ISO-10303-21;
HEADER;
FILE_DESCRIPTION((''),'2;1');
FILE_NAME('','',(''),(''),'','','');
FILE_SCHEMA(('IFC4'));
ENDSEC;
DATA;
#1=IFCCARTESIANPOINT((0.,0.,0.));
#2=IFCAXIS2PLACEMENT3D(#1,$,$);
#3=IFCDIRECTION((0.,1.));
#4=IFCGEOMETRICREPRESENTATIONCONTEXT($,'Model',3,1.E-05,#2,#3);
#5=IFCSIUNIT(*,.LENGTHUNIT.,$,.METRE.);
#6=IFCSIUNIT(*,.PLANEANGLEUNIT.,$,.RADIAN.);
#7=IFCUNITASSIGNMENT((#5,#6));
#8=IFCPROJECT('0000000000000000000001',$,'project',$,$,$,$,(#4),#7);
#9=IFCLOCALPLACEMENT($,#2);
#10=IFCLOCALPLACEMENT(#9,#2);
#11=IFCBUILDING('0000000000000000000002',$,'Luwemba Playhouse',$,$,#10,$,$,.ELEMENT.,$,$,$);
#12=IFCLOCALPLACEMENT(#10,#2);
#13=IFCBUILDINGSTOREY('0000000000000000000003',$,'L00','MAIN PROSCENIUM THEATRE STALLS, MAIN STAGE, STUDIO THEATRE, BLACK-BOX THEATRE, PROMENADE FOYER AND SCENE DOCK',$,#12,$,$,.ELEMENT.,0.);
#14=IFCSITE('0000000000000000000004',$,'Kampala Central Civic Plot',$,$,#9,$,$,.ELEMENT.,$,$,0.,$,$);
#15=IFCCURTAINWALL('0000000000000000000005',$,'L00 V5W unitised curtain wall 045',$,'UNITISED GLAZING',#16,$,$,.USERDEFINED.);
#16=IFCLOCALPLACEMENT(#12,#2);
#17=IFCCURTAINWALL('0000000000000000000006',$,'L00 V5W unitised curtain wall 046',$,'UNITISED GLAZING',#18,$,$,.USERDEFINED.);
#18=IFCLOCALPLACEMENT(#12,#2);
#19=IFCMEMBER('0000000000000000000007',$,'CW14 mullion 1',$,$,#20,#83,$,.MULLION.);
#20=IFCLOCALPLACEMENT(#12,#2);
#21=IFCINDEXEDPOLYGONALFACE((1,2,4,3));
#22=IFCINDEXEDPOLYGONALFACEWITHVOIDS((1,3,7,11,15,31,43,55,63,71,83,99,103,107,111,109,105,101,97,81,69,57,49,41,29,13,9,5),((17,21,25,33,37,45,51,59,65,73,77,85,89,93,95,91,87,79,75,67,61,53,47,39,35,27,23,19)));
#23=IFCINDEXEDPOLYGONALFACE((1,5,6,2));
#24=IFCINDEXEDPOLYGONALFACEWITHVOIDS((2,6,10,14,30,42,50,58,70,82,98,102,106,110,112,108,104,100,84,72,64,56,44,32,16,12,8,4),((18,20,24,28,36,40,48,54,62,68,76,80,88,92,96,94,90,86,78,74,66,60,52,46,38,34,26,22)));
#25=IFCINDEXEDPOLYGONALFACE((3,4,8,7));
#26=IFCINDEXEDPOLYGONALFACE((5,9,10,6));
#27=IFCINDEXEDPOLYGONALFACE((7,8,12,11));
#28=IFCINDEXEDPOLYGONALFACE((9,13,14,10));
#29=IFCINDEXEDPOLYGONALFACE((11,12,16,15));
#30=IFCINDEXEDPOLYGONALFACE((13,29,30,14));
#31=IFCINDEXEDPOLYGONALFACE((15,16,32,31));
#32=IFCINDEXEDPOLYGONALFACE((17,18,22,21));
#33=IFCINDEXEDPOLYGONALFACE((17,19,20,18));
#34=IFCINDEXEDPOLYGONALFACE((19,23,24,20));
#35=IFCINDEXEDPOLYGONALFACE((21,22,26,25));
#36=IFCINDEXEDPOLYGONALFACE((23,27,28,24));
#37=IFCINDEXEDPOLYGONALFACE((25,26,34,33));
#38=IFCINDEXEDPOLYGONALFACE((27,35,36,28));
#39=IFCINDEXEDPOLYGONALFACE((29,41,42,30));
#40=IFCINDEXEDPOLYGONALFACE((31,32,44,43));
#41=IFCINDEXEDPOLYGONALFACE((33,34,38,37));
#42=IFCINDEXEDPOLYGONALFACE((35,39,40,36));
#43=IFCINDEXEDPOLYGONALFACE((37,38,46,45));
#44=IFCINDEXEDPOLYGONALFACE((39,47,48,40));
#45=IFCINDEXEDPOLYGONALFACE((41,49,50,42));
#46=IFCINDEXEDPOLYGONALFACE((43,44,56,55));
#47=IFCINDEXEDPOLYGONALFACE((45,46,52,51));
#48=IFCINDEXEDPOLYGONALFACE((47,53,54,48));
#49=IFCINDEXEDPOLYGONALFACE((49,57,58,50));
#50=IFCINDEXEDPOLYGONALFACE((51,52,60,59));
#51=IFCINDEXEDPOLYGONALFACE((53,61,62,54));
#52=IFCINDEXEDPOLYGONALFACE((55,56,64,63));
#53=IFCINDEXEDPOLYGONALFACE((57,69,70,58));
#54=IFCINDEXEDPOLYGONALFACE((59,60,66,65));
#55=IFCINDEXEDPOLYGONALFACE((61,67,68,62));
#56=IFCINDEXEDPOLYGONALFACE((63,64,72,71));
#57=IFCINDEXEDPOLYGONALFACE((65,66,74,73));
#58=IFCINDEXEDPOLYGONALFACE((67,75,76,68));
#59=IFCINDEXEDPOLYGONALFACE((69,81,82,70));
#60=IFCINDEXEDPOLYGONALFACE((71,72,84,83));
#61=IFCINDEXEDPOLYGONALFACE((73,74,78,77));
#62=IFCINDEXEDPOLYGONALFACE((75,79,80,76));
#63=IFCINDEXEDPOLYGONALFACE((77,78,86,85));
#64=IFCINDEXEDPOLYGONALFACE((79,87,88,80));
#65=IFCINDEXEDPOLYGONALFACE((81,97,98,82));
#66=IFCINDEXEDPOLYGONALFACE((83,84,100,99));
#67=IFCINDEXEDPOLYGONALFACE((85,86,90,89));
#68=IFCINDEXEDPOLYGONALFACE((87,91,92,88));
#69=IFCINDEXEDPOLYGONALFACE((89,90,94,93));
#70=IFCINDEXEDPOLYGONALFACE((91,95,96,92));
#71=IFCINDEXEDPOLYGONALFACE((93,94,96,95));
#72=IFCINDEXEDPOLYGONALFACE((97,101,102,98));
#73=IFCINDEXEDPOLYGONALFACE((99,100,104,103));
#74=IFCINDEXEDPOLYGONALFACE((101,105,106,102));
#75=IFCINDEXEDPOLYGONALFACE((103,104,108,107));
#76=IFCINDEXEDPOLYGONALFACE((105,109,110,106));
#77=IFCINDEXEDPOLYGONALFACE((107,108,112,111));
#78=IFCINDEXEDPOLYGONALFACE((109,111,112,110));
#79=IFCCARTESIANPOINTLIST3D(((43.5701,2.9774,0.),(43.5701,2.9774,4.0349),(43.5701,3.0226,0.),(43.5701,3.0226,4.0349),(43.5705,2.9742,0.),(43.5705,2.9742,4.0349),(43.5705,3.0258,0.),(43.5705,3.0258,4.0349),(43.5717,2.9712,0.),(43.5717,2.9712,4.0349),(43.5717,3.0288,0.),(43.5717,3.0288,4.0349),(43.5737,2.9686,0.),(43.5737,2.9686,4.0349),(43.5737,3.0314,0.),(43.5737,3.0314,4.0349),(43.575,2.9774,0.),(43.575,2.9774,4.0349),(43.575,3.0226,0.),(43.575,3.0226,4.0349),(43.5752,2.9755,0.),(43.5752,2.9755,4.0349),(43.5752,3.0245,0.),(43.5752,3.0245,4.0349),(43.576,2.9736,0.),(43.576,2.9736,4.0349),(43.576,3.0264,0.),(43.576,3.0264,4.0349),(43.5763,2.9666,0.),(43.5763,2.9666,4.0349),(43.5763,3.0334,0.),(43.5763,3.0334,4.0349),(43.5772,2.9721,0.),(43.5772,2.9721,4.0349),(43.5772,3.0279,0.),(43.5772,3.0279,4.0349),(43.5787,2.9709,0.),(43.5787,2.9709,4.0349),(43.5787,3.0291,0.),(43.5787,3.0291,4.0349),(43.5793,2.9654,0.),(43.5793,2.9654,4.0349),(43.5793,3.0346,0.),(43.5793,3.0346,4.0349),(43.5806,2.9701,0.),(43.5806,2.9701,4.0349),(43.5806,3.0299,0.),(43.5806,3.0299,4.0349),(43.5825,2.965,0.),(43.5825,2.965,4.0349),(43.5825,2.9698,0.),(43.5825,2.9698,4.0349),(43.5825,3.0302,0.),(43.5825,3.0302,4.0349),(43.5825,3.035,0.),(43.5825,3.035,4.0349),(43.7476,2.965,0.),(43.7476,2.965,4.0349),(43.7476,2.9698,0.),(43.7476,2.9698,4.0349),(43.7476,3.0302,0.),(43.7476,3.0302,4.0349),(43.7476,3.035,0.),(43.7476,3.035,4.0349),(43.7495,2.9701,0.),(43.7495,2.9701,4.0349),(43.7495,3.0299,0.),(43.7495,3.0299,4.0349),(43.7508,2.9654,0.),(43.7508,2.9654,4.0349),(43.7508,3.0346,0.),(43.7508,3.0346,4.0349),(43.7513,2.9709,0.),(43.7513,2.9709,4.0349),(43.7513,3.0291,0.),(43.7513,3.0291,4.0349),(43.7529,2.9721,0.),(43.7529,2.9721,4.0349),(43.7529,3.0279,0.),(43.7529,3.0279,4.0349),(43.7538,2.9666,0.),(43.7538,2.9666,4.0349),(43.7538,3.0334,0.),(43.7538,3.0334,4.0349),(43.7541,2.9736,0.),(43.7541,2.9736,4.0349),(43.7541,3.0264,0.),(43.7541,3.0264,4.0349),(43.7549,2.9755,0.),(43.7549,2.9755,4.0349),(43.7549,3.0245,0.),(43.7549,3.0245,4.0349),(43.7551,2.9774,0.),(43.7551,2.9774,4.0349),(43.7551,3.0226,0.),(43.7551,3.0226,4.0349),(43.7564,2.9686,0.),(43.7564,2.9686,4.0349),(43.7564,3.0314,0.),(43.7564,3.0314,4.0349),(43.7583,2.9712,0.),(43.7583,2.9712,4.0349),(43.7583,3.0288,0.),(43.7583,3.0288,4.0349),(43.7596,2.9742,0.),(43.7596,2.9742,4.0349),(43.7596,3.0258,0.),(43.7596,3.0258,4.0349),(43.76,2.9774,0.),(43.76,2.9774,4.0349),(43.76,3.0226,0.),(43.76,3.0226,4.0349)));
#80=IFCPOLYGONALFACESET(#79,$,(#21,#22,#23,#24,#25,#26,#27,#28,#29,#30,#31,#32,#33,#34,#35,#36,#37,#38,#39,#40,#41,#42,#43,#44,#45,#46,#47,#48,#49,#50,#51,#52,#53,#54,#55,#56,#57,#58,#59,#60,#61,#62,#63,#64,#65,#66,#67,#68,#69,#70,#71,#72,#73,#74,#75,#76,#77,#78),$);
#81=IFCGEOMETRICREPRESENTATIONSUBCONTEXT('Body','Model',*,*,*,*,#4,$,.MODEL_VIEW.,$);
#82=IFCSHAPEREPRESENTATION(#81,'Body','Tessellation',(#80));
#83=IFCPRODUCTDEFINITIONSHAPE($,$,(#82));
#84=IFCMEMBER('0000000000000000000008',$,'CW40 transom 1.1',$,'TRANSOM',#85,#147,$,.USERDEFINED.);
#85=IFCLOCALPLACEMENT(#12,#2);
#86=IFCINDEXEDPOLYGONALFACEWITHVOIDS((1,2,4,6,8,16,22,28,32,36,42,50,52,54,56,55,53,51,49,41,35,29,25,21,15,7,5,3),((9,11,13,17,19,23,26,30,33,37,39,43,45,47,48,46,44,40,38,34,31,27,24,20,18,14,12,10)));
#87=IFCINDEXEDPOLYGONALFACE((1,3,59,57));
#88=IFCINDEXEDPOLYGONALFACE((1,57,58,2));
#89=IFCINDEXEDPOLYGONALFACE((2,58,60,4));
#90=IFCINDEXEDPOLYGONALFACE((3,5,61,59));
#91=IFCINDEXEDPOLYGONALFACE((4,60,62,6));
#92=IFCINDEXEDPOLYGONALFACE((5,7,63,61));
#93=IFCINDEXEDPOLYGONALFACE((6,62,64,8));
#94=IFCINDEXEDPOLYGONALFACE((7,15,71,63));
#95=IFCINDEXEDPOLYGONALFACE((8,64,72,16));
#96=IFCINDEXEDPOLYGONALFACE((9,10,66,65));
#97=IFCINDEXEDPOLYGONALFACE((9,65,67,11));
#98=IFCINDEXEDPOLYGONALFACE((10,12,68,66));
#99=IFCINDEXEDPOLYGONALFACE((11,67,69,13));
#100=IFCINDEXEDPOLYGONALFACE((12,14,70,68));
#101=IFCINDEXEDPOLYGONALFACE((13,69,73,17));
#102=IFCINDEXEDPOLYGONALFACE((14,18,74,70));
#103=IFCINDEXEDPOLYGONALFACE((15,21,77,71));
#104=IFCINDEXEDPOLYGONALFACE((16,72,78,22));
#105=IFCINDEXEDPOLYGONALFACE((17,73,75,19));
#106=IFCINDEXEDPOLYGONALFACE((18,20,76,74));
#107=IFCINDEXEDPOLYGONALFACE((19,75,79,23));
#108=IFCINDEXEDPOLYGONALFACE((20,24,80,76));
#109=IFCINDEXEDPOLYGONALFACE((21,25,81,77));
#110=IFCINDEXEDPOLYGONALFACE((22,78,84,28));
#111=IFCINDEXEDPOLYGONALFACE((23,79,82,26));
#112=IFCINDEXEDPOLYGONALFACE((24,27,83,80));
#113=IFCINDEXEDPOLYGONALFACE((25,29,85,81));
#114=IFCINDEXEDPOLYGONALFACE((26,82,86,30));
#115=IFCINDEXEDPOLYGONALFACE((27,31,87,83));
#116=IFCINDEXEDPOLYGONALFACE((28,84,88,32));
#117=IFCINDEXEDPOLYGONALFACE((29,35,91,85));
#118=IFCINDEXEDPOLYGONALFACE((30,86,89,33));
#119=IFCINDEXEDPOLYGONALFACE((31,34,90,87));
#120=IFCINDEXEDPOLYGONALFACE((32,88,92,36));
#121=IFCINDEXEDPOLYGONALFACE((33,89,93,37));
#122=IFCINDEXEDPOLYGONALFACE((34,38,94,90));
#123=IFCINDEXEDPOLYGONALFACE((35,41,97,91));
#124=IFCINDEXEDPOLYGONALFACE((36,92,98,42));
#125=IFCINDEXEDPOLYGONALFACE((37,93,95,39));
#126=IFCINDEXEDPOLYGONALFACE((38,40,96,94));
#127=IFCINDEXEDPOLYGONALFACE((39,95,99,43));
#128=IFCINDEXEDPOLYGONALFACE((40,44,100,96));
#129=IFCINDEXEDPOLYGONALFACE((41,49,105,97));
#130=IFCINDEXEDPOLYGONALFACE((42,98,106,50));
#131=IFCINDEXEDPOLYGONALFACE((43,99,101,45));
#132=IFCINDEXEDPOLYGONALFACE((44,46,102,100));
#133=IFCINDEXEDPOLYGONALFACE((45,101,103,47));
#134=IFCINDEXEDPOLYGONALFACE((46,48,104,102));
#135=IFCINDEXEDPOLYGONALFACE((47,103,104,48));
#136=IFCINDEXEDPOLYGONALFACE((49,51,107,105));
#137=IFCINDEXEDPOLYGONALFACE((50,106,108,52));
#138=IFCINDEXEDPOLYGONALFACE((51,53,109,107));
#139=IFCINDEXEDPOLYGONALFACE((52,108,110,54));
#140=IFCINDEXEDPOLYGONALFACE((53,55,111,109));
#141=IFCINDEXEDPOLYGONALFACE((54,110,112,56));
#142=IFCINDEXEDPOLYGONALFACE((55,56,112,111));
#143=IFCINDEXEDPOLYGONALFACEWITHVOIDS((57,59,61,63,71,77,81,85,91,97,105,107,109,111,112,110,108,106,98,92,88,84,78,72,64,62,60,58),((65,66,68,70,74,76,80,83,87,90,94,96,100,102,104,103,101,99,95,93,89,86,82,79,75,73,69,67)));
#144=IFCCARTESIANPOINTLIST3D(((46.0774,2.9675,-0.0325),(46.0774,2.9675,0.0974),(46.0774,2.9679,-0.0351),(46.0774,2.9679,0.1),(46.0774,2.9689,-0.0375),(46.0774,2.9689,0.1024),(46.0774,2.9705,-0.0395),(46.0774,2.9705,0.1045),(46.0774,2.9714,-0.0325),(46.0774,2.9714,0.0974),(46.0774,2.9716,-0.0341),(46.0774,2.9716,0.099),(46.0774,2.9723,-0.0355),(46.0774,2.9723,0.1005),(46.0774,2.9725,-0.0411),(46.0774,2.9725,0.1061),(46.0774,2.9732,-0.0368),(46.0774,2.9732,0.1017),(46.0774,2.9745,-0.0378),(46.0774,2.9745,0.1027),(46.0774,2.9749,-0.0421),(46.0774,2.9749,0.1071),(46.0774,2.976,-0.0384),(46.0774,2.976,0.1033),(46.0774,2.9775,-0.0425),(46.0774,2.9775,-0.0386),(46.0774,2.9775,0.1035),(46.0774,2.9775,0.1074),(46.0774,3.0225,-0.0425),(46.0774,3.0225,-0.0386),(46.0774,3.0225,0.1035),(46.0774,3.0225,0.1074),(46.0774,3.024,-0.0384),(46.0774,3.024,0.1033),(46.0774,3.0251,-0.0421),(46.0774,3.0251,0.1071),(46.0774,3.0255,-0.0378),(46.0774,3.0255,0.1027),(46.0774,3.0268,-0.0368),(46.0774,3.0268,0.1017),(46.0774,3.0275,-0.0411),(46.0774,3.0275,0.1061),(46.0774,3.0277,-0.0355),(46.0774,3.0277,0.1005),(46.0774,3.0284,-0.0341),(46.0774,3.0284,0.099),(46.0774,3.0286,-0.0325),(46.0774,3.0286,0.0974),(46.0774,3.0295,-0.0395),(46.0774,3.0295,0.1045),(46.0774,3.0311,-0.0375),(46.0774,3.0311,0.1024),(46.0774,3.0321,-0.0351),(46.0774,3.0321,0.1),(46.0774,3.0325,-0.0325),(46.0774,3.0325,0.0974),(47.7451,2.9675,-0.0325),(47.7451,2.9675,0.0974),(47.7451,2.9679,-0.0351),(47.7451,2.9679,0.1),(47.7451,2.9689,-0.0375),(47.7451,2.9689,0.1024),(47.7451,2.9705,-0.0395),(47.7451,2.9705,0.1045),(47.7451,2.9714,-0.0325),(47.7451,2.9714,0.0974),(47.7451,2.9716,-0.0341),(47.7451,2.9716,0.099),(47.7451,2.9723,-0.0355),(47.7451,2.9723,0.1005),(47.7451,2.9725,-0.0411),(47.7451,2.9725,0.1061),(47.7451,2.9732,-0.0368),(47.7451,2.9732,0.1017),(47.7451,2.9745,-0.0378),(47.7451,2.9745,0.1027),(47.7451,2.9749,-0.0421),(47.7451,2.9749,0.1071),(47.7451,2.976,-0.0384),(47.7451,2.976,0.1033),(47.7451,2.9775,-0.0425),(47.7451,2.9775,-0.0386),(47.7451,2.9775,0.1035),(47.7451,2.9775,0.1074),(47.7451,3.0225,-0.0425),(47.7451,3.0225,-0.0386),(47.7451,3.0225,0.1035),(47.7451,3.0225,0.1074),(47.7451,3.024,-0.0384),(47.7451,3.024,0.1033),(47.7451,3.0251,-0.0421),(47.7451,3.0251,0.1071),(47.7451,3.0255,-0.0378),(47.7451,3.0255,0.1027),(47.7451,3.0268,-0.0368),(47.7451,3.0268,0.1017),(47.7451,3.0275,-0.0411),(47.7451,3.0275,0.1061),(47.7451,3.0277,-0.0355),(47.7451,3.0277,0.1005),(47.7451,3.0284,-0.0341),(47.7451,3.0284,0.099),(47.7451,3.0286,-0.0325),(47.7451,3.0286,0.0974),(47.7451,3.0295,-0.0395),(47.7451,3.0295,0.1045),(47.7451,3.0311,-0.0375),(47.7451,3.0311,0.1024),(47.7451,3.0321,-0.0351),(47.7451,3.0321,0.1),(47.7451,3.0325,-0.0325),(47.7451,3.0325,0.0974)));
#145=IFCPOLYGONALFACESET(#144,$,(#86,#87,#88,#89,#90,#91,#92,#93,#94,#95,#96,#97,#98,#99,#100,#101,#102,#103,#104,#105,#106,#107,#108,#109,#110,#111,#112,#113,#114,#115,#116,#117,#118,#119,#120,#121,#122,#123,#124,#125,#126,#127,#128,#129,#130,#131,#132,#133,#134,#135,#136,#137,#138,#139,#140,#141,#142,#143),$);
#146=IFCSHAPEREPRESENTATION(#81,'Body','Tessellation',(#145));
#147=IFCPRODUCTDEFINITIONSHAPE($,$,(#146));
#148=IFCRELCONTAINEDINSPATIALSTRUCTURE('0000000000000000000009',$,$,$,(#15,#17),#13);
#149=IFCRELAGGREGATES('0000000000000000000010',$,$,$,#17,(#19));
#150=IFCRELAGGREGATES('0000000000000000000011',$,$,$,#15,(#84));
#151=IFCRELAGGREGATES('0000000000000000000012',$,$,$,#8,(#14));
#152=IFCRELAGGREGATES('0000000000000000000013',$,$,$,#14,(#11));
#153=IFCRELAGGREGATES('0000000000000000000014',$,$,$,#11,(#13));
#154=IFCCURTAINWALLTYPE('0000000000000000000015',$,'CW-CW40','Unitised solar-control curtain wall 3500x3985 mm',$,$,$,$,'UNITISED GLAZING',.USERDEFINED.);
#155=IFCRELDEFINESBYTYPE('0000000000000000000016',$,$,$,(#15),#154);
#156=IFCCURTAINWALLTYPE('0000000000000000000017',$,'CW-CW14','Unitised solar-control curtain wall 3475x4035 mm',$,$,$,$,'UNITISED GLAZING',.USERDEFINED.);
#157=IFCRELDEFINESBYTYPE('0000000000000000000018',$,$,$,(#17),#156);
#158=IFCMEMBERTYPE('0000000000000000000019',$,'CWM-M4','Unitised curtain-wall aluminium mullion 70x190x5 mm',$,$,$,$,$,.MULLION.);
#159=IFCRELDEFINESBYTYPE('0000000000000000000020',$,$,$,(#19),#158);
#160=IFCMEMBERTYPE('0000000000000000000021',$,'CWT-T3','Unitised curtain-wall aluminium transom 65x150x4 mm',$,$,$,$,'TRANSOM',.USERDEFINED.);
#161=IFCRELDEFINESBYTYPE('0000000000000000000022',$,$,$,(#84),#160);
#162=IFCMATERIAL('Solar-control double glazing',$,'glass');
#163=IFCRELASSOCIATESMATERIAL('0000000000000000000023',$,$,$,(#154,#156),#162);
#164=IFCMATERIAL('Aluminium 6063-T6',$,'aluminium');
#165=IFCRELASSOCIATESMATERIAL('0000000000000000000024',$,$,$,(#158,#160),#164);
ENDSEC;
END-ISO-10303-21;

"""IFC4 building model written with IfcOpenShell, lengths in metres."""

from ifc_helpers import new_model, si_unit, direction, frame, origin, origin_2d, place, context, subcontext, project, spatial, hollow_rectangle, extrude, material, material_profile, profile_set, type_object, element, aggregate, save


model = new_model("IFC4")

# Units and contexts
model_context = context("Model", 3, precision=1e-05, world=origin(), true_north=direction((0.0, 1.0)))
body_context = subcontext(model_context, "Body", "Model", "MODEL_VIEW")
ifc_project = project(units=[si_unit("LENGTHUNIT", "METRE"), si_unit("PLANEANGLEUNIT", "RADIAN")], contexts=[model_context])

# Site, building, storey
site_placement = place(None, origin())
site = spatial("IfcSite", under=ifc_project, at=site_placement, Name="Kampala Central Civic Plot", CompositionType="ELEMENT", RefElevation=0.0)
building_placement = place(site_placement, origin())
building = spatial("IfcBuilding", under=site, at=building_placement, Name="Luwemba Playhouse", CompositionType="ELEMENT")
storey_placement = place(building_placement, origin())
storey = spatial("IfcBuildingStorey", under=building, at=storey_placement, Name="L00", Description="MAIN PROSCENIUM THEATRE STALLS, MAIN STAGE, STUDIO THEATRE, BLACK-BOX THEATRE, PROMENADE FOYER AND SCENE DOCK", CompositionType="ELEMENT", Elevation=0.0)

# Shared definitions
ifc_material_1 = material(Name="Solar-control double glazing", Category="glass")
ifc_material_2 = material(Name="Aluminium 6063-T6", Category="aluminium")

# Curtain wall
curtain_wall_type_1 = type_object("IfcCurtainWallType", Name="CW-CW40", Description="Unitised solar-control curtain wall 3500x3985 mm", ElementType="UNITISED GLAZING", PredefinedType="USERDEFINED", material=ifc_material_1)
curtain_wall_1_placement = place(storey_placement, origin())
curtain_wall_1 = element("IfcCurtainWall", 1, at=curtain_wall_1_placement, inside=storey, type_object=curtain_wall_type_1, Name="L00 V5W unitised curtain wall 045", ObjectType="UNITISED GLAZING", PredefinedType="USERDEFINED")

# Curtain wall, member
curtain_wall_type_2 = type_object("IfcCurtainWallType", Name="CW-CW14", Description="Unitised solar-control curtain wall 3475x4035 mm", ElementType="UNITISED GLAZING", PredefinedType="USERDEFINED", material=ifc_material_1)
curtain_wall_2_placement = place(storey_placement, origin())
curtain_wall_2 = element("IfcCurtainWall", 2, at=curtain_wall_2_placement, inside=storey, type_object=curtain_wall_type_2, Name="L00 V5W unitised curtain wall 046", ObjectType="UNITISED GLAZING", PredefinedType="USERDEFINED")
ifc_material_profile_1 = material_profile(ifc_material_2, hollow_rectangle(XDim=0.0701, YDim=0.1899, WallThickness=0.0049, InnerFilletRadius=0.0076, OuterFilletRadius=0.0125, at=origin_2d()))
ifc_profile_set_1 = profile_set([ifc_material_profile_1], Name="Aluminium 6063-T6")
member_type_1 = type_object("IfcMemberType", Name="CWM-M4", Description="Unitised curtain-wall aluminium mullion 70x190x5 mm", PredefinedType="MULLION", material=ifc_profile_set_1)
member_1_placement = place(storey_placement, frame((43.665, 3.0, 0.0), z_axis=(0.0, 0.0, 1.0), x_axis=(0.0, -1.0, 0.0)))
member_1 = element("IfcMember", 3, at=member_1_placement, type_object=member_type_1, Name="CW14 mullion 1", PredefinedType="MULLION", context=body_context, shape_type="SweptSolid", body=[
    extrude(hollow_rectangle(XDim=0.0701, YDim=0.1899, WallThickness=0.0049, InnerFilletRadius=0.0076, OuterFilletRadius=0.0125, at=origin_2d()), origin(), (0.0, 0.0, 1.0), 4.0349),
])
aggregate(curtain_wall_2, [member_1])

# Member
ifc_material_profile_2 = material_profile(ifc_material_2, hollow_rectangle(XDim=0.0649, YDim=0.1499, WallThickness=0.0039, InnerFilletRadius=0.0061, OuterFilletRadius=0.01, at=origin_2d()))
ifc_profile_set_2 = profile_set([ifc_material_profile_2], Name="Aluminium 6063-T6")
member_type_2 = type_object("IfcMemberType", Name="CWT-T3", Description="Unitised curtain-wall aluminium transom 65x150x4 mm", ElementType="TRANSOM", PredefinedType="USERDEFINED", material=ifc_profile_set_2)
member_2_placement = place(storey_placement, frame((47.7451, 3.0, 0.0325), z_axis=(-1.0, 0.0, 0.0), x_axis=(0.0, -1.0, 0.0)))
member_2 = element("IfcMember", 4, at=member_2_placement, type_object=member_type_2, Name="CW40 transom 1.1", ObjectType="TRANSOM", PredefinedType="USERDEFINED", context=body_context, shape_type="SweptSolid", body=[
    extrude(hollow_rectangle(XDim=0.0649, YDim=0.1499, WallThickness=0.0039, InnerFilletRadius=0.0061, OuterFilletRadius=0.01, at=origin_2d()), origin(), (0.0, 0.0, 1.0), 1.6677),
])

aggregate(curtain_wall_1, [member_2])

save(model, "model.ifc")
